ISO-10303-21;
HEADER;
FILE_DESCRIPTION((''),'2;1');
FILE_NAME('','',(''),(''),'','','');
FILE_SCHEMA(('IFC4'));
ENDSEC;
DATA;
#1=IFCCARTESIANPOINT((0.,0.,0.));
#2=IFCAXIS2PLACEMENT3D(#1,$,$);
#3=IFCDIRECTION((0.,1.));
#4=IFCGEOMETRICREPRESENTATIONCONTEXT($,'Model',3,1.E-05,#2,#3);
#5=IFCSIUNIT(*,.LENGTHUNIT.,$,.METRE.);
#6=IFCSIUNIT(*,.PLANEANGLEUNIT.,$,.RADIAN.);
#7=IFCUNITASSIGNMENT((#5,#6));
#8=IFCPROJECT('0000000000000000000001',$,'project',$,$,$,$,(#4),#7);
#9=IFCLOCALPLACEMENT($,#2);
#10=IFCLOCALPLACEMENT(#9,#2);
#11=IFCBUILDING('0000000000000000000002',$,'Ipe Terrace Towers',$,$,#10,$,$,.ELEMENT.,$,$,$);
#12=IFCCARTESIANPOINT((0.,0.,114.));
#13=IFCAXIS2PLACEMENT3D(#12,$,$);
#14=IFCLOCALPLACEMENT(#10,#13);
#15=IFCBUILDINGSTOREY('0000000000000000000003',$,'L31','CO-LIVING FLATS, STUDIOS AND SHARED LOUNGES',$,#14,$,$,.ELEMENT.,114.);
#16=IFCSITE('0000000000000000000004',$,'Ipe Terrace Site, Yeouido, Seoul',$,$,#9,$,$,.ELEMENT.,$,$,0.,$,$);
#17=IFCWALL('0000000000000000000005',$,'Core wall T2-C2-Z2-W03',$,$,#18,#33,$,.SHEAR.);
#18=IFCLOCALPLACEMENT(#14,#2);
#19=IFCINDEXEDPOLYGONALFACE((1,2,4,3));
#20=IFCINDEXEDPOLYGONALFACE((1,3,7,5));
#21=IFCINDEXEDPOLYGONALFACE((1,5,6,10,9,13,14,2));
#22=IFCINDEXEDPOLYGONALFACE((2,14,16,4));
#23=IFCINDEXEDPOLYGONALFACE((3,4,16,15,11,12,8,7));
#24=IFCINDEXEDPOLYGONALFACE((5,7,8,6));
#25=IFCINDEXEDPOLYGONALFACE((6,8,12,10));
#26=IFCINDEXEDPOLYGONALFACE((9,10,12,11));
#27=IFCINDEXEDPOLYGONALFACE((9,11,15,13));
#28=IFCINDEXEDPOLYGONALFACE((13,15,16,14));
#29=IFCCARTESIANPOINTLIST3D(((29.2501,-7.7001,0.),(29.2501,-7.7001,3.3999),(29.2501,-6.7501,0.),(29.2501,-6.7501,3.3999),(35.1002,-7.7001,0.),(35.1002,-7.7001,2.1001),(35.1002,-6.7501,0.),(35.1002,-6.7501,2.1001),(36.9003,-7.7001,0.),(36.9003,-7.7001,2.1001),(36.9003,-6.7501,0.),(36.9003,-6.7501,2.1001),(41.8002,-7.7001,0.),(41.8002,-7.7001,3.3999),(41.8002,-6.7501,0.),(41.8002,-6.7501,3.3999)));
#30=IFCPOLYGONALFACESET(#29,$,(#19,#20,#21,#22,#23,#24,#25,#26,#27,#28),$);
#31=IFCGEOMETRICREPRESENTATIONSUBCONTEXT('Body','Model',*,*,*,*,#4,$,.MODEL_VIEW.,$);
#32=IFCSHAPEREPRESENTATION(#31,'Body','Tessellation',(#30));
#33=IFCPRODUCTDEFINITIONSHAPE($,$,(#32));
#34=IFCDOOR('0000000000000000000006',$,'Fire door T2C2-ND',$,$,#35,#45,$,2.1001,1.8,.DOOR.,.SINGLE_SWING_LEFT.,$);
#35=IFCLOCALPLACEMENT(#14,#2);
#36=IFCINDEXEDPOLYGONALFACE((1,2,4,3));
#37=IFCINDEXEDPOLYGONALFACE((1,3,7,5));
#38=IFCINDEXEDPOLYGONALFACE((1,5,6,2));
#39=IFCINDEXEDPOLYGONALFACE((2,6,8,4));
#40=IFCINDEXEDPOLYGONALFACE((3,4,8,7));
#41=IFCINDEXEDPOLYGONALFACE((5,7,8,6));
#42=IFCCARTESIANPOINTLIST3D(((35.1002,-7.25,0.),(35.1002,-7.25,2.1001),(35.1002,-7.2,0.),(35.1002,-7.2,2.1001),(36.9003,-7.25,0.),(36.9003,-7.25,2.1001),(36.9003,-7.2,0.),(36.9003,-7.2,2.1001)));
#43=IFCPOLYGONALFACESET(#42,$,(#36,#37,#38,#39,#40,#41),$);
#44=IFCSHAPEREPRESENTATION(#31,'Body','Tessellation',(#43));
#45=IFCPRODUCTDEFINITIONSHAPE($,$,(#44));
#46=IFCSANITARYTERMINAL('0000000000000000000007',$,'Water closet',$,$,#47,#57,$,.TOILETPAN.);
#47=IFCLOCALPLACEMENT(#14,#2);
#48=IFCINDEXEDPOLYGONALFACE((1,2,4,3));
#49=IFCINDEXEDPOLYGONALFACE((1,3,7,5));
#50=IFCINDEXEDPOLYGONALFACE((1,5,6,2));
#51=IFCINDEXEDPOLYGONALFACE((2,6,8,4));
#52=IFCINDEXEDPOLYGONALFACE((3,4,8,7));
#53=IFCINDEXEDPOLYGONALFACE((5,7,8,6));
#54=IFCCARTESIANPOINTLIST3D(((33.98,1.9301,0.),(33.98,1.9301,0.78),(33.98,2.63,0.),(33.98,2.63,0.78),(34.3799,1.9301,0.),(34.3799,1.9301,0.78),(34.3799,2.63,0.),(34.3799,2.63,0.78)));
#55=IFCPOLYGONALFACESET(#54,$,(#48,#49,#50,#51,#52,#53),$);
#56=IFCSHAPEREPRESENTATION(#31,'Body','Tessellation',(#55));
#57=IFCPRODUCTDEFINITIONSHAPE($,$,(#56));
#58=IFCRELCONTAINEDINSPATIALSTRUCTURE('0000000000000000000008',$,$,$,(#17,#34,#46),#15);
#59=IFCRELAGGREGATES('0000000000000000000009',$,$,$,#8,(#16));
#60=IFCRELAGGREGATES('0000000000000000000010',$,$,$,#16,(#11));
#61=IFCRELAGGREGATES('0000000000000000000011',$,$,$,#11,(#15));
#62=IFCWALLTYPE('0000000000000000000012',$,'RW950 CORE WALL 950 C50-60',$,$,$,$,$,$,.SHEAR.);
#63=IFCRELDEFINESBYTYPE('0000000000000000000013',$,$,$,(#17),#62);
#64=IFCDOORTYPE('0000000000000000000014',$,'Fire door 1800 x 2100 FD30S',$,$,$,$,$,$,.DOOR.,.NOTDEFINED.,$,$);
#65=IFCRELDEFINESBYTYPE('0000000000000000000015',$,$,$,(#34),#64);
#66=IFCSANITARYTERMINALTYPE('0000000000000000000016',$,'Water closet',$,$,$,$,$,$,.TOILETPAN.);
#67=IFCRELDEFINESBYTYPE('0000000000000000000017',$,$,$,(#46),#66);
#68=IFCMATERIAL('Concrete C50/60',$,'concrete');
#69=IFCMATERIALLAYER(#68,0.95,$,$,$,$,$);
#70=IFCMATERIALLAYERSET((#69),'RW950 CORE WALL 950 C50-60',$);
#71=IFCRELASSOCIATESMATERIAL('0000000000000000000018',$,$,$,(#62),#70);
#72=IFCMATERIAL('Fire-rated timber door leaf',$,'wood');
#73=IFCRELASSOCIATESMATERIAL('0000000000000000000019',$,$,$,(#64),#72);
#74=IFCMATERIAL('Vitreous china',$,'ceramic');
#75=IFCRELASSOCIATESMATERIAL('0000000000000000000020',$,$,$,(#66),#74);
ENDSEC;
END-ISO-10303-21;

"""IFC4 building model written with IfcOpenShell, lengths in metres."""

from ifc_helpers import new_model, si_unit, direction, frame, frame_2d, origin, origin_2d, place, context, subcontext, project, spatial, rectangle, extrude, material, layer, layer_set, type_object, element, fill, save


model = new_model("IFC4")

# Units and contexts
model_context = context("Model", 3, precision=1e-05, world=origin(), true_north=direction((0.0, 1.0)))
body_context = subcontext(model_context, "Body", "Model", "MODEL_VIEW")
ifc_project = project(units=[si_unit("LENGTHUNIT", "METRE"), si_unit("PLANEANGLEUNIT", "RADIAN")], contexts=[model_context])

# Site, building, storey
site_placement = place(None, origin())
site = spatial("IfcSite", under=ifc_project, at=site_placement, Name="Ipe Terrace Site, Yeouido, Seoul", CompositionType="ELEMENT", RefElevation=0.0)
building_placement = place(site_placement, origin())
building = spatial("IfcBuilding", under=site, at=building_placement, Name="Ipe Terrace Towers", CompositionType="ELEMENT")
storey_placement = place(building_placement, frame((0.0, 0.0, 114.0)))
storey = spatial("IfcBuildingStorey", under=building, at=storey_placement, Name="L31", Description="CO-LIVING FLATS, STUDIOS AND SHARED LOUNGES", CompositionType="ELEMENT", Elevation=114.0)

# Wall, opening, door
ifc_material_1 = material(Name="Concrete C50/60", Category="concrete")
ifc_layer_1 = layer(ifc_material_1, 0.95)
ifc_layer_set_1 = layer_set([ifc_layer_1], Name="RW950 CORE WALL 950 C50-60")
wall_type_1 = type_object("IfcWallType", Name="RW950 CORE WALL 950 C50-60", PredefinedType="SHEAR", material=ifc_layer_set_1)
wall_1_placement = place(storey_placement, frame((41.8, -7.2251, 0.0), z_axis=(0.0, 0.0, 1.0), x_axis=(-1.0, 0.0, 0.0)))
wall_1 = element("IfcWall", 1, at=wall_1_placement, inside=storey, type_object=wall_type_1, Name="Core wall T2-C2-Z2-W03", PredefinedType="SHEAR", context=body_context, shape_type="SweptSolid", body=[
    extrude(rectangle(XDim=12.55, YDim=0.95, at=frame_2d((6.2749, 0.0))), origin(), (0.0, 0.0, 1.0), 3.3999),
])
opening_1_placement = place(wall_1_placement, frame((4.8999, 0.0, 0.0)))
opening_1 = element("IfcOpeningElement", 2, at=opening_1_placement, cuts=wall_1, PredefinedType="OPENING", context=body_context, shape_type="SweptSolid", body=[
    extrude(rectangle(XDim=1.8, YDim=2.1001, at=frame_2d((0.8999, 1.05))), frame((0.0, 0.4849, 0.0), z_axis=(0.0, -1.0, 0.0), x_axis=(1.0, 0.0, 0.0)), (0.0, 0.0, 1.0), 0.97),
])
ifc_material_2 = material(Name="Fire-rated timber door leaf", Category="wood")
door_type_1 = type_object("IfcDoorType", Name="Fire door 1800 x 2100 FD30S", OperationType="NOTDEFINED", PredefinedType="DOOR", material=ifc_material_2)
door_1_placement = place(opening_1_placement, origin())
door_1 = element("IfcDoor", 3, at=door_1_placement, inside=storey, type_object=door_type_1, Name="Fire door T2C2-ND", OperationType="SINGLE_SWING_LEFT", OverallHeight=2.1001, OverallWidth=1.8, PredefinedType="DOOR", context=body_context, shape_type="SweptSolid", body=[
    extrude(rectangle(XDim=1.8, YDim=2.1001, at=frame_2d((0.8999, 1.05))), frame((0.0, 0.0249, 0.0), z_axis=(0.0, -1.0, 0.0), x_axis=(1.0, 0.0, 0.0)), (0.0, 0.0, 1.0), 0.05),
])
fill(opening_1, door_1)

# Sanitary terminal
ifc_material_3 = material(Name="Vitreous china", Category="ceramic")
sanitary_terminal_type = type_object("IfcSanitaryTerminalType", Name="Water closet", PredefinedType="TOILETPAN", material=ifc_material_3)
sanitary_terminal_placement = place(storey_placement, frame((34.1799, 2.28, 0.0), z_axis=(0.0, 0.0, 1.0), x_axis=(0.0, -1.0, 0.0)))
element("IfcSanitaryTerminal", 4, at=sanitary_terminal_placement, inside=storey, type_object=sanitary_terminal_type, Name="Water closet", PredefinedType="TOILETPAN", context=body_context, shape_type="SweptSolid", body=[
    extrude(rectangle(XDim=0.7, YDim=0.3999, at=origin_2d()), origin(), (0.0, 0.0, 1.0), 0.78),
])

save(model, "model.ifc")
